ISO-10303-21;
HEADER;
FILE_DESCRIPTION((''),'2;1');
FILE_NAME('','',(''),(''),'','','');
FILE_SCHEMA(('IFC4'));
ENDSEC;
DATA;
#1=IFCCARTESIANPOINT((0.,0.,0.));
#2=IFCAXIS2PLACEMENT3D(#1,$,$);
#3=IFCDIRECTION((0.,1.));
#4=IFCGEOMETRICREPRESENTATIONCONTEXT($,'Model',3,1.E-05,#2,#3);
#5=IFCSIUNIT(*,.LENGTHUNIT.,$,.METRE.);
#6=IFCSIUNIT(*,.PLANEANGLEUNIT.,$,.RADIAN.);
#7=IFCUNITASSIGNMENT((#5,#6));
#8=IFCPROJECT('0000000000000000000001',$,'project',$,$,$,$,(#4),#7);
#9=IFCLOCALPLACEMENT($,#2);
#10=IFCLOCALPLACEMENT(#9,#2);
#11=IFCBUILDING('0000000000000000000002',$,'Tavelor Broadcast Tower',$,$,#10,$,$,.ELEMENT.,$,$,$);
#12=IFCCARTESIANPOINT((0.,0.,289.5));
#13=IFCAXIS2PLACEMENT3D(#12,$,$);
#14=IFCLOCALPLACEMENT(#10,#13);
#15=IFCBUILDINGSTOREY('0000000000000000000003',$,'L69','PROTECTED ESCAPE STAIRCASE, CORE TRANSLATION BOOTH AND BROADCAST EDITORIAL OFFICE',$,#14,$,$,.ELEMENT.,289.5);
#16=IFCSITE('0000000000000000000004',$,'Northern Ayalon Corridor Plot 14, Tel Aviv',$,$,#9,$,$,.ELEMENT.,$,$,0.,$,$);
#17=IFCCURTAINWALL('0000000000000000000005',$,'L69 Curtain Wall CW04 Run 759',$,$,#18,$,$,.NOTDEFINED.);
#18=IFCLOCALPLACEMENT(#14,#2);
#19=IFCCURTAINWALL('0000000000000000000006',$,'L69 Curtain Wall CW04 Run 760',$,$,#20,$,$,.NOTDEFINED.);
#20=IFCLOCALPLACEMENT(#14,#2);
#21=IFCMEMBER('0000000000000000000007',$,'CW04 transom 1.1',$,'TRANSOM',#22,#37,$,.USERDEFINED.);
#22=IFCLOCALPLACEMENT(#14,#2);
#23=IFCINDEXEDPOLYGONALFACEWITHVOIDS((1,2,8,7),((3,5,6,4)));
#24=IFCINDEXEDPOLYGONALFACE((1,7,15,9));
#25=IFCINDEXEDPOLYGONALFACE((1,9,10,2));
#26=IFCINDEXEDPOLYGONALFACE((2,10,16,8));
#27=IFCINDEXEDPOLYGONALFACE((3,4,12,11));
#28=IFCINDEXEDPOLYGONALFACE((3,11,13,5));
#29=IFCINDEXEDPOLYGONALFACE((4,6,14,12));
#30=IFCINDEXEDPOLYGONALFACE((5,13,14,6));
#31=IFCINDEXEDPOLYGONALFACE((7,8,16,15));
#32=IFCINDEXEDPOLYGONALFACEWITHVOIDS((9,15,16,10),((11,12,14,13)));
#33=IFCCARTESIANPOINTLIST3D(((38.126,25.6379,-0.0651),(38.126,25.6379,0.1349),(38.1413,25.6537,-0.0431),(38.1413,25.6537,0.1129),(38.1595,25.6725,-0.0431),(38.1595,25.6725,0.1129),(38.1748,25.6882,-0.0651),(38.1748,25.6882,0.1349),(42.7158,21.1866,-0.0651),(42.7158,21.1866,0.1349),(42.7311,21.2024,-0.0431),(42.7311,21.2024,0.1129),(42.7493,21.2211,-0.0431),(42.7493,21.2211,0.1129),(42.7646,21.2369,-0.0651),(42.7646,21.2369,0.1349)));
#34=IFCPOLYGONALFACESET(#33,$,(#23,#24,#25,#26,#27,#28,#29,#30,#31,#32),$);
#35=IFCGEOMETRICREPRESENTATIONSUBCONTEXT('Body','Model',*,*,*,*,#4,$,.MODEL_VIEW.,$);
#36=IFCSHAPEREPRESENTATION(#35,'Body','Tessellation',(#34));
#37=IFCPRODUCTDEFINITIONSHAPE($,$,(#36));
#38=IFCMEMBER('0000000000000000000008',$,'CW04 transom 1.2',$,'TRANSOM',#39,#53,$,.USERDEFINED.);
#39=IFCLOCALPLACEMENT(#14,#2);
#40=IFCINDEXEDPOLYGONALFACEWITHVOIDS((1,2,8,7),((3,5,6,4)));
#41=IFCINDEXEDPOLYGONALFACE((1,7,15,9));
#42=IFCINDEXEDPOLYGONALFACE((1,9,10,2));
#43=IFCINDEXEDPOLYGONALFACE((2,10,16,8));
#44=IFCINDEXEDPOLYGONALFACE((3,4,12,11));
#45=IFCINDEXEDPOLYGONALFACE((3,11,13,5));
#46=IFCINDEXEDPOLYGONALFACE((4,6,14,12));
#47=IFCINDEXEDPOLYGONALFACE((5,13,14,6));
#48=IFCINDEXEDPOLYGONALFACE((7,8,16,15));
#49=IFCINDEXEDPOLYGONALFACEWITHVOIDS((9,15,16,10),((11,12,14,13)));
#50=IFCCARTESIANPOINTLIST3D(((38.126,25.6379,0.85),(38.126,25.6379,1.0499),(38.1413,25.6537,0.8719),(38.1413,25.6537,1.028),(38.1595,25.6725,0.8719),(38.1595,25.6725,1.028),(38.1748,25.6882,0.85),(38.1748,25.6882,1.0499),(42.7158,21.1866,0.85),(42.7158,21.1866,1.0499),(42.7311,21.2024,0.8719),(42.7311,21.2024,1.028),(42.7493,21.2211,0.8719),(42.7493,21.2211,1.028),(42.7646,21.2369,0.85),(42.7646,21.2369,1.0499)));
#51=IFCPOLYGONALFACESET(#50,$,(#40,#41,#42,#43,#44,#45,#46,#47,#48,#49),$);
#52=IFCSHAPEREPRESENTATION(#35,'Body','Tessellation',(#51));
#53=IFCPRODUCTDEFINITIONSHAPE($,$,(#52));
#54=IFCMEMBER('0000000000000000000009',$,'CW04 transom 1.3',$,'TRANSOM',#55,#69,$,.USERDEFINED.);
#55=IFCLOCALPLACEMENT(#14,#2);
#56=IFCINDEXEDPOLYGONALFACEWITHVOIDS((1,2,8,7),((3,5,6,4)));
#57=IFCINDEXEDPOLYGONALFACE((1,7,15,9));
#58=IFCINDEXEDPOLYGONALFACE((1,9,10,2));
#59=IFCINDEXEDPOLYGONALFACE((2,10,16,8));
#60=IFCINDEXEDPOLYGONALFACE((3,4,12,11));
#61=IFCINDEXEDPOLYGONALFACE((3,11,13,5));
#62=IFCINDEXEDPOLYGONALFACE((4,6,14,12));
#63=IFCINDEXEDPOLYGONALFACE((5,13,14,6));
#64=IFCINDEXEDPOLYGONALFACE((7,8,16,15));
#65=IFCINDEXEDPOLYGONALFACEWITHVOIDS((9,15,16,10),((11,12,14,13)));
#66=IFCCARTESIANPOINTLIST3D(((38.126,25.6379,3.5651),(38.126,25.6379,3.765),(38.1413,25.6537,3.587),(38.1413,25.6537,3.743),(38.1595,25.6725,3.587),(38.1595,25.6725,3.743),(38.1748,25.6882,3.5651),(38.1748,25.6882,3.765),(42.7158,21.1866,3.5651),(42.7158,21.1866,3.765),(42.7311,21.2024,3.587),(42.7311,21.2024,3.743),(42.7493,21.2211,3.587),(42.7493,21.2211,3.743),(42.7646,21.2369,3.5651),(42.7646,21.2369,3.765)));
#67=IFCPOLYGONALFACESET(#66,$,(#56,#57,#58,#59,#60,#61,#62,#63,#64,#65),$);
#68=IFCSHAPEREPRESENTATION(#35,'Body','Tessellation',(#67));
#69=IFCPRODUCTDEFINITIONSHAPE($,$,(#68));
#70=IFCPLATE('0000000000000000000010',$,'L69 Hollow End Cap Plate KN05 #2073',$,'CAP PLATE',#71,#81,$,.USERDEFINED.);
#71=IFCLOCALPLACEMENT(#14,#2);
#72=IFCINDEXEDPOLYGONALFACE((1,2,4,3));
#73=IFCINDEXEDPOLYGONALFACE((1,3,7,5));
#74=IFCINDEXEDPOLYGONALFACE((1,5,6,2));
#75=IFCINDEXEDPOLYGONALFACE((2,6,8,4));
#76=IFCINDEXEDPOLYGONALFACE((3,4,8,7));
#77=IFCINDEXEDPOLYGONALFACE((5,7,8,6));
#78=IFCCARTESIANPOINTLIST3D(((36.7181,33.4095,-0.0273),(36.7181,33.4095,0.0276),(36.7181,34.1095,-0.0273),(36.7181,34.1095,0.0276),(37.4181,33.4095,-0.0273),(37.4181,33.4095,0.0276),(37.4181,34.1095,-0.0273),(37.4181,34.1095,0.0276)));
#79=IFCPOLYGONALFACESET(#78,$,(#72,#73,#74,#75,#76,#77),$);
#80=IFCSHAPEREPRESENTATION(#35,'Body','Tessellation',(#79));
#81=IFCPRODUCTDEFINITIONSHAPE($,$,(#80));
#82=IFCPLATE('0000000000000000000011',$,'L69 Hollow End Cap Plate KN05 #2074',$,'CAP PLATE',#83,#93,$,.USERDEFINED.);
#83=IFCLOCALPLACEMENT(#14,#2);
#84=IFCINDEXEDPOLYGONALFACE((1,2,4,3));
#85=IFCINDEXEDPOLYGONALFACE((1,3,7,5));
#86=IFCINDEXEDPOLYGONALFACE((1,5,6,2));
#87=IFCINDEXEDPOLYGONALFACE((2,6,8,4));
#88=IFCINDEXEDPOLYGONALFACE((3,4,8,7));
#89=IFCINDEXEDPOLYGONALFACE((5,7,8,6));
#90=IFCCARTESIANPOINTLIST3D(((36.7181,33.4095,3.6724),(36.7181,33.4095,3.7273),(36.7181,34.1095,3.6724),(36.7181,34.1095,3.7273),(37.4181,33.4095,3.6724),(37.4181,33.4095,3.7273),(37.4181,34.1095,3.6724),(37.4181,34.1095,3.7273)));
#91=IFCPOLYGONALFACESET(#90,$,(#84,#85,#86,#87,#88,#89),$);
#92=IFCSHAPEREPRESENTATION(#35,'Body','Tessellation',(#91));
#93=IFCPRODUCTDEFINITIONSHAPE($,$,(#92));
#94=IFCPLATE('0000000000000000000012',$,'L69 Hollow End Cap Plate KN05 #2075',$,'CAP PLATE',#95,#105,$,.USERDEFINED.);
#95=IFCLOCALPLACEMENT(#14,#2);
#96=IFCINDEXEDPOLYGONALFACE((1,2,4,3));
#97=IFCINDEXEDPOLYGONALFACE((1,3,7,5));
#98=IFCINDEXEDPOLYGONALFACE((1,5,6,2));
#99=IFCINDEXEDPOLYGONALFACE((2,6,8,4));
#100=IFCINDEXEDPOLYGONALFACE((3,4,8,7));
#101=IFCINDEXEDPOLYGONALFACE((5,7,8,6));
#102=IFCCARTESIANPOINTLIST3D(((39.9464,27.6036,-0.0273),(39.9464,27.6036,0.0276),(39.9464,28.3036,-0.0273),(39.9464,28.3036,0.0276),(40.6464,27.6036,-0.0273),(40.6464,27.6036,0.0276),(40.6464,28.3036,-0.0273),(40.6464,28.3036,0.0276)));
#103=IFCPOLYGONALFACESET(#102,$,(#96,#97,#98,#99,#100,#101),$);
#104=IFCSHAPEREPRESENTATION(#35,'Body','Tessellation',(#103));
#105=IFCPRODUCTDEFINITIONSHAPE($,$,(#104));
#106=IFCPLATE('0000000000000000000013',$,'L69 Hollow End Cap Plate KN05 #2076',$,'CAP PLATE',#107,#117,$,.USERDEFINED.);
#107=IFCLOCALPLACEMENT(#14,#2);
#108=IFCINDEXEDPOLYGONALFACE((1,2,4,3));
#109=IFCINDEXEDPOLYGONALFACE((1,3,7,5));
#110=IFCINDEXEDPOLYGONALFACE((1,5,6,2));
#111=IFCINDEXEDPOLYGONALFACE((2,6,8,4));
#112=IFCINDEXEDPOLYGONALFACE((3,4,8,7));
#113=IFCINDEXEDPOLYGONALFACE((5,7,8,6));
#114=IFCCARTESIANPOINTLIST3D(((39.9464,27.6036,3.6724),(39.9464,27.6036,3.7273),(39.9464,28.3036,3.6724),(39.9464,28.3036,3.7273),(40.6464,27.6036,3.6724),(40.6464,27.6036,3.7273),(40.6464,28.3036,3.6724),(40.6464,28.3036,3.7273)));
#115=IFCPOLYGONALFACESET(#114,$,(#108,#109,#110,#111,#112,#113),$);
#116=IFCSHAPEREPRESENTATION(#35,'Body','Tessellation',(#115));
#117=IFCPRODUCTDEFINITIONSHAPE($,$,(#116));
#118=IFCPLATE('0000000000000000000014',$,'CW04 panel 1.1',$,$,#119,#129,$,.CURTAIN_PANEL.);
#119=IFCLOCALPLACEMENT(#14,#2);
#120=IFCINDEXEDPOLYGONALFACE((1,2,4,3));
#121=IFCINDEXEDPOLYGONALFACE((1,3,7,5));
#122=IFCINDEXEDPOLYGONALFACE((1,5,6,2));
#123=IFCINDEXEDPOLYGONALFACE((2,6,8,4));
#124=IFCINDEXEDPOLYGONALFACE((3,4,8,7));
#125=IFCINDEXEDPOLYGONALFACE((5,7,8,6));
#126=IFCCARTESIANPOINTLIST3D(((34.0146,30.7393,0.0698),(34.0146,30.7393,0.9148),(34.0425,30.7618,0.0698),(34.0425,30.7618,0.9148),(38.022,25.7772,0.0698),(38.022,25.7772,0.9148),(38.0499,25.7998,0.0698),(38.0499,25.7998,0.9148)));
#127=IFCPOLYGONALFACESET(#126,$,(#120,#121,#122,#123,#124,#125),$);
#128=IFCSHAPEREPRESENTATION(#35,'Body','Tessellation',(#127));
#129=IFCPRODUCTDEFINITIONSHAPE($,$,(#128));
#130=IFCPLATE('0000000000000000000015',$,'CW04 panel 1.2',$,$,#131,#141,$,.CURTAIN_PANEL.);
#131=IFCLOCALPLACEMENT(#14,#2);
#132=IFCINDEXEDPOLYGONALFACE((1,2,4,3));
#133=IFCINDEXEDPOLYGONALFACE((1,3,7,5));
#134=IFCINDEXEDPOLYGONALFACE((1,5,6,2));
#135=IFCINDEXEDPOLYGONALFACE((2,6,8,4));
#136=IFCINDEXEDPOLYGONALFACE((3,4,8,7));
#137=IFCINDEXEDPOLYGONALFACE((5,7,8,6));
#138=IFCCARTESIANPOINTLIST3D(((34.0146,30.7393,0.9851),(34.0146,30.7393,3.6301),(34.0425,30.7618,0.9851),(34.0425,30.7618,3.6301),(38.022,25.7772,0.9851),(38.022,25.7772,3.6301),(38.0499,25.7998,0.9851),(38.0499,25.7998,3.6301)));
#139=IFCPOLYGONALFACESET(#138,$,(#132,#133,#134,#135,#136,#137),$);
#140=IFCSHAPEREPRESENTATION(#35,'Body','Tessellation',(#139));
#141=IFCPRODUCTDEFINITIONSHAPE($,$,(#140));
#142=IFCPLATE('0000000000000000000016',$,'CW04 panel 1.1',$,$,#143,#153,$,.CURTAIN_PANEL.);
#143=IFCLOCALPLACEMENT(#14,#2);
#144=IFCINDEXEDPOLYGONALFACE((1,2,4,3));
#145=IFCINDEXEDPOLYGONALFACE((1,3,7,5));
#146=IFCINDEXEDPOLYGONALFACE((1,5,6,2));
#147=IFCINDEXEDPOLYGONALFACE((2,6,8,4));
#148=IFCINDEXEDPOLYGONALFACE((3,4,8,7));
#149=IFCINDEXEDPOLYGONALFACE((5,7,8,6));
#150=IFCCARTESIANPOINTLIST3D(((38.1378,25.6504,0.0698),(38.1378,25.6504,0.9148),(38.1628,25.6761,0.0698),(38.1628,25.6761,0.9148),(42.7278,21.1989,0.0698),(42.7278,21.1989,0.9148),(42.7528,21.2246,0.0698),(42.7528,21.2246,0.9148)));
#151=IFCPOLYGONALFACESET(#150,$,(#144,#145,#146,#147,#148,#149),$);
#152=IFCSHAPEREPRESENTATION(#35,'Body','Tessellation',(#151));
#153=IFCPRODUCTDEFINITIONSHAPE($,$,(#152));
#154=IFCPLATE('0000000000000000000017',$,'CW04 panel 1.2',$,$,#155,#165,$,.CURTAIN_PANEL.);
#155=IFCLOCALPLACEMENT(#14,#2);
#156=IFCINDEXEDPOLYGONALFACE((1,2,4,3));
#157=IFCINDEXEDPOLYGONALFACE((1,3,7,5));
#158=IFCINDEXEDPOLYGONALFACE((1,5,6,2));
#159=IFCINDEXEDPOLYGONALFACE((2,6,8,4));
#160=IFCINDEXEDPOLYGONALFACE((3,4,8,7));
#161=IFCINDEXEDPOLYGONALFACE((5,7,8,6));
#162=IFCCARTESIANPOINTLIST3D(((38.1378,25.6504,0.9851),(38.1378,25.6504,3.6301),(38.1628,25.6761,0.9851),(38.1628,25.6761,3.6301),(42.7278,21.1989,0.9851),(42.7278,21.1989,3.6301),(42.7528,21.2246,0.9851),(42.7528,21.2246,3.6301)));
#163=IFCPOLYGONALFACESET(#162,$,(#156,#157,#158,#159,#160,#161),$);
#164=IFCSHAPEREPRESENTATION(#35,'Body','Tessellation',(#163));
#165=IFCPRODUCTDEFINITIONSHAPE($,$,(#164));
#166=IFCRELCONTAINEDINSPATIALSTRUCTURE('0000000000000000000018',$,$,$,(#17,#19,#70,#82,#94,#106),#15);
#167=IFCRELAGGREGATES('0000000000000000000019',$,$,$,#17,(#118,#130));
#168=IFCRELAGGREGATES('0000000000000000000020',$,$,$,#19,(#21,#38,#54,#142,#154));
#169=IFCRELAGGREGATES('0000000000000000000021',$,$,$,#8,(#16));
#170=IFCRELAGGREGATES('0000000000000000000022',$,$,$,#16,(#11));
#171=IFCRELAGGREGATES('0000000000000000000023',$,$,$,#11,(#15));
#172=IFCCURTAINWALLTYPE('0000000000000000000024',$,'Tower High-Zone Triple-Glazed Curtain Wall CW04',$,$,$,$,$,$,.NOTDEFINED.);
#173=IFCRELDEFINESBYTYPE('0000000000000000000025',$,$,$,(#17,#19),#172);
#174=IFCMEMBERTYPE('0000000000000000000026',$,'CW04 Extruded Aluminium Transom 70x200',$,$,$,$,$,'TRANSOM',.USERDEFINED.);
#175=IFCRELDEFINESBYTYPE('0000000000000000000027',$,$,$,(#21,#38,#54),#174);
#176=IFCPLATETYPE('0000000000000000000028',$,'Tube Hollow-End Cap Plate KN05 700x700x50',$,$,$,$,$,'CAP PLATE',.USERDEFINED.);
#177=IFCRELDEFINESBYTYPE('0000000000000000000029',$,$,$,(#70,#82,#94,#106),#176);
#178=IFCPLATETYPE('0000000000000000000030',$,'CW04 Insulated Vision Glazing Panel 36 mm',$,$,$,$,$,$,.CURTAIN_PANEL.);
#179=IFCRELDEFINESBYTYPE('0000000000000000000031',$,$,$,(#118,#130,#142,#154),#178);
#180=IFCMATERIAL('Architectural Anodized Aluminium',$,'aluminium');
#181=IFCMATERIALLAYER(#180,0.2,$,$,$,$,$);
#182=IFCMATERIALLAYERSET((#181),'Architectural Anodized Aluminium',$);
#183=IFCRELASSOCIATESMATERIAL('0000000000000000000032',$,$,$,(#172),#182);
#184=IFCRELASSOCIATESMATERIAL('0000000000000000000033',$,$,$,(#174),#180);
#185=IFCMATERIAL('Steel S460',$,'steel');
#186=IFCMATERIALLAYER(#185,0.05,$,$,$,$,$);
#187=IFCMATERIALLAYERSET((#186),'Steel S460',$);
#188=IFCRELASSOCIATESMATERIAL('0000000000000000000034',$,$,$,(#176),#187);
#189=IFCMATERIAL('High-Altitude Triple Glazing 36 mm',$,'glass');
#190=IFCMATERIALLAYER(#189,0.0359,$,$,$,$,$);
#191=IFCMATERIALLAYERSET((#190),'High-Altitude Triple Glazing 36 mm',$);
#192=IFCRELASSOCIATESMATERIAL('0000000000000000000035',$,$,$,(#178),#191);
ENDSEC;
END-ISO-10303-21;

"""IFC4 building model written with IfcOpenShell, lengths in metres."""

from ifc_helpers import new_model, si_unit, direction, frame, origin, origin_2d, place, context, subcontext, project, spatial, rectangle, hollow_rectangle, extrude, source, transform, mapped, material, layer, layer_set, material_profile, profile_set, type_object, type_shapes, element, aggregate, save


model = new_model("IFC4")

# Units and contexts
model_context = context("Model", 3, precision=1e-05, world=origin(), true_north=direction((0.0, 1.0)))
body_context = subcontext(model_context, "Body", "Model", "MODEL_VIEW")
ifc_project = project(units=[si_unit("LENGTHUNIT", "METRE"), si_unit("PLANEANGLEUNIT", "RADIAN")], contexts=[model_context])

# Site, building, storey
site_placement = place(None, origin())
site = spatial("IfcSite", under=ifc_project, at=site_placement, Name="Northern Ayalon Corridor Plot 14, Tel Aviv", CompositionType="ELEMENT", RefElevation=0.0)
building_placement = place(site_placement, origin())
building = spatial("IfcBuilding", under=site, at=building_placement, Name="Tavelor Broadcast Tower", CompositionType="ELEMENT")
storey_placement = place(building_placement, frame((0.0, 0.0, 289.5)))
storey = spatial("IfcBuildingStorey", under=building, at=storey_placement, Name="L69", Description="PROTECTED ESCAPE STAIRCASE, CORE TRANSLATION BOOTH AND BROADCAST EDITORIAL OFFICE", CompositionType="ELEMENT", Elevation=289.5)

# Shared definitions
ifc_material_1 = material(Name="Steel S460", Category="steel")

# Curtain wall
ifc_material_2 = material(Name="Architectural Anodized Aluminium", Category="aluminium")
ifc_layer_1 = layer(ifc_material_2, 0.2)
ifc_layer_set_1 = layer_set([ifc_layer_1], Name="Architectural Anodized Aluminium")
curtain_wall_type = type_object("IfcCurtainWallType", Name="Tower High-Zone Triple-Glazed Curtain Wall CW04", PredefinedType="NOTDEFINED", material=ifc_layer_set_1)
curtain_wall_1_placement = place(storey_placement, origin())
curtain_wall_1 = element("IfcCurtainWall", 1, at=curtain_wall_1_placement, inside=storey, type_object=curtain_wall_type, Name="L69 Curtain Wall CW04 Run 759", PredefinedType="NOTDEFINED")

# Curtain wall, members
curtain_wall_2_placement = place(storey_placement, origin())
curtain_wall_2 = element("IfcCurtainWall", 2, at=curtain_wall_2_placement, inside=storey, type_object=curtain_wall_type, Name="L69 Curtain Wall CW04 Run 760", PredefinedType="NOTDEFINED")
ifc_material_profile_1 = material_profile(ifc_material_2, hollow_rectangle(XDim=0.0701, YDim=0.2, WallThickness=0.022, at=origin_2d()), Name="RHS 70x200x22")
ifc_profile_set_1 = profile_set([ifc_material_profile_1], Name="Architectural Anodized Aluminium")
member_type_1 = type_object("IfcMemberType", Name="CW04 Extruded Aluminium Transom 70x200", ElementType="TRANSOM", PredefinedType="USERDEFINED", material=ifc_profile_set_1)
shared_shape_1 = source(origin(), body_context, "Body", "SweptSolid", [
    extrude(hollow_rectangle(XDim=0.0701, YDim=0.2, WallThickness=0.022, at=origin_2d()), origin(), (0.0, 0.0, 1.0), 6.3938),
])
type_shapes(member_type_1, [shared_shape_1])
member_1_placement = place(storey_placement, frame((38.1504, 25.6631, 0.0349), z_axis=(0.717849, -0.696199, 0.0), x_axis=(0.696199, 0.717849, 0.0)))
member_1 = element("IfcMember", 3, at=member_1_placement, type_object=member_type_1, Name="CW04 transom 1.1", ObjectType="TRANSOM", PredefinedType="USERDEFINED", context=body_context, shape_type="MappedRepresentation", body=[
    mapped(shared_shape_1, transform((0.0, 0.0, 0.0), scale=1.0)),
])
member_2_placement = place(storey_placement, frame((38.1504, 25.6631, 0.95), z_axis=(0.717849, -0.696199, 0.0), x_axis=(0.696199, 0.717849, 0.0)))
member_2 = element("IfcMember", 4, at=member_2_placement, type_object=member_type_1, Name="CW04 transom 1.2", ObjectType="TRANSOM", PredefinedType="USERDEFINED", context=body_context, shape_type="MappedRepresentation", body=[
    mapped(shared_shape_1, transform((0.0, 0.0, 0.0), scale=1.0)),
])
member_3_placement = place(storey_placement, frame((38.1504, 25.6631, 3.665), z_axis=(0.717849, -0.696199, 0.0), x_axis=(0.696199, 0.717849, 0.0)))
member_3 = element("IfcMember", 5, at=member_3_placement, type_object=member_type_1, Name="CW04 transom 1.3", ObjectType="TRANSOM", PredefinedType="USERDEFINED", context=body_context, shape_type="MappedRepresentation", body=[
    mapped(shared_shape_1, transform((0.0, 0.0, 0.0), scale=1.0)),
])

# Plates
ifc_layer_2 = layer(ifc_material_1, 0.05)
ifc_layer_set_2 = layer_set([ifc_layer_2], Name="Steel S460")
plate_type_1 = type_object("IfcPlateType", Name="Tube Hollow-End Cap Plate KN05 700x700x50", ElementType="CAP PLATE", PredefinedType="USERDEFINED", material=ifc_layer_set_2)
shared_shape_2 = source(origin(), body_context, "Body", "SweptSolid", [
    extrude(rectangle(XDim=0.7, YDim=0.7, at=origin_2d()), origin(), (0.0, 0.0, 1.0), 0.0549),
])
type_shapes(plate_type_1, [shared_shape_2])
for number, where, z_axis, x_axis, name in (
    (6, (37.0681, 33.7595, -0.0273), (0.0, 0.0, 1.0), (1.0, 0.0, 0.0), "L69 Hollow End Cap Plate KN05 #2073"),
    (7, (37.0681, 33.7595, 3.6724), (0.0, 0.0, 1.0), (1.0, 0.0, 0.0), "L69 Hollow End Cap Plate KN05 #2074"),
    (8, (40.2964, 27.9536, -0.0273), (0.0, 0.0, 1.0), (1.0, 0.0, 0.0), "L69 Hollow End Cap Plate KN05 #2075"),
    (9, (40.2964, 27.9536, 3.6724), (0.0, 0.0, 1.0), (1.0, 0.0, 0.0), "L69 Hollow End Cap Plate KN05 #2076"),
):
    element("IfcPlate", number, at=place(storey_placement, frame(where, z_axis=z_axis, x_axis=x_axis)), inside=storey, type_object=plate_type_1, Name=name, ObjectType="CAP PLATE", PredefinedType="USERDEFINED", context=body_context, shape_type="MappedRepresentation", body=[
        mapped(shared_shape_2, transform((0.0, 0.0, 0.0), scale=1.0)),
    ])

# Plates
ifc_material_3 = material(Name="High-Altitude Triple Glazing 36 mm", Category="glass")
ifc_layer_3 = layer(ifc_material_3, 0.0359)
ifc_layer_set_3 = layer_set([ifc_layer_3], Name="High-Altitude Triple Glazing 36 mm")
plate_type_2 = type_object("IfcPlateType", Name="CW04 Insulated Vision Glazing Panel 36 mm", PredefinedType="CURTAIN_PANEL", material=ifc_layer_set_3)
shared_shape_3 = source(origin(), body_context, "Body", "SweptSolid", [
    extrude(rectangle(XDim=6.3782, YDim=0.0359, at=origin_2d()), origin(), (0.0, 0.0, 1.0), 0.845),
])
plate_1_placement = place(storey_placement, frame((36.0322, 28.2695, 0.0698), z_axis=(0.0, 0.0, 1.0), x_axis=(0.628297, -0.777973, 0.0)))
plate_1 = element("IfcPlate", 10, at=plate_1_placement, type_object=plate_type_2, Name="CW04 panel 1.1", PredefinedType="CURTAIN_PANEL", context=body_context, shape_type="MappedRepresentation", body=[
    mapped(shared_shape_3, transform((0.0, 0.0, 0.0), scale=1.0)),
])
shared_shape_4 = source(origin(), body_context, "Body", "SweptSolid", [
    extrude(rectangle(XDim=6.3782, YDim=0.0359, at=origin_2d()), origin(), (0.0, 0.0, 1.0), 2.645),
])
plate_2_placement = place(storey_placement, frame((36.0322, 28.2695, 0.9851), z_axis=(0.0, 0.0, 1.0), x_axis=(0.628297, -0.777973, 0.0)))
plate_2 = element("IfcPlate", 11, at=plate_2_placement, type_object=plate_type_2, Name="CW04 panel 1.2", PredefinedType="CURTAIN_PANEL", context=body_context, shape_type="MappedRepresentation", body=[
    mapped(shared_shape_4, transform((0.0, 0.0, 0.0), scale=1.0)),
])
aggregate(curtain_wall_1, [plate_1, plate_2])
shared_shape_5 = source(origin(), body_context, "Body", "SweptSolid", [
    extrude(rectangle(XDim=6.394, YDim=0.0359, at=origin_2d()), origin(), (0.0, 0.0, 1.0), 0.845),
])
plate_3_placement = place(storey_placement, frame((40.4453, 23.4375, 0.0698), z_axis=(0.0, 0.0, 1.0), x_axis=(0.717852, -0.696196, 0.0)))
plate_3 = element("IfcPlate", 12, at=plate_3_placement, type_object=plate_type_2, Name="CW04 panel 1.1", PredefinedType="CURTAIN_PANEL", context=body_context, shape_type="MappedRepresentation", body=[
    mapped(shared_shape_5, transform((0.0, 0.0, 0.0), scale=1.0)),
])
shared_shape_6 = source(origin(), body_context, "Body", "SweptSolid", [
    extrude(rectangle(XDim=6.394, YDim=0.0359, at=origin_2d()), origin(), (0.0, 0.0, 1.0), 2.645),
])
type_shapes(plate_type_2, [shared_shape_3, shared_shape_4, shared_shape_5, shared_shape_6])
plate_4_placement = place(storey_placement, frame((40.4453, 23.4375, 0.9851), z_axis=(0.0, 0.0, 1.0), x_axis=(0.717852, -0.696196, 0.0)))
plate_4 = element("IfcPlate", 13, at=plate_4_placement, type_object=plate_type_2, Name="CW04 panel 1.2", PredefinedType="CURTAIN_PANEL", context=body_context, shape_type="MappedRepresentation", body=[
    mapped(shared_shape_6, transform((0.0, 0.0, 0.0), scale=1.0)),
])
aggregate(curtain_wall_2, [member_1, member_2, member_3, plate_3, plate_4])

save(model, "model.ifc")
